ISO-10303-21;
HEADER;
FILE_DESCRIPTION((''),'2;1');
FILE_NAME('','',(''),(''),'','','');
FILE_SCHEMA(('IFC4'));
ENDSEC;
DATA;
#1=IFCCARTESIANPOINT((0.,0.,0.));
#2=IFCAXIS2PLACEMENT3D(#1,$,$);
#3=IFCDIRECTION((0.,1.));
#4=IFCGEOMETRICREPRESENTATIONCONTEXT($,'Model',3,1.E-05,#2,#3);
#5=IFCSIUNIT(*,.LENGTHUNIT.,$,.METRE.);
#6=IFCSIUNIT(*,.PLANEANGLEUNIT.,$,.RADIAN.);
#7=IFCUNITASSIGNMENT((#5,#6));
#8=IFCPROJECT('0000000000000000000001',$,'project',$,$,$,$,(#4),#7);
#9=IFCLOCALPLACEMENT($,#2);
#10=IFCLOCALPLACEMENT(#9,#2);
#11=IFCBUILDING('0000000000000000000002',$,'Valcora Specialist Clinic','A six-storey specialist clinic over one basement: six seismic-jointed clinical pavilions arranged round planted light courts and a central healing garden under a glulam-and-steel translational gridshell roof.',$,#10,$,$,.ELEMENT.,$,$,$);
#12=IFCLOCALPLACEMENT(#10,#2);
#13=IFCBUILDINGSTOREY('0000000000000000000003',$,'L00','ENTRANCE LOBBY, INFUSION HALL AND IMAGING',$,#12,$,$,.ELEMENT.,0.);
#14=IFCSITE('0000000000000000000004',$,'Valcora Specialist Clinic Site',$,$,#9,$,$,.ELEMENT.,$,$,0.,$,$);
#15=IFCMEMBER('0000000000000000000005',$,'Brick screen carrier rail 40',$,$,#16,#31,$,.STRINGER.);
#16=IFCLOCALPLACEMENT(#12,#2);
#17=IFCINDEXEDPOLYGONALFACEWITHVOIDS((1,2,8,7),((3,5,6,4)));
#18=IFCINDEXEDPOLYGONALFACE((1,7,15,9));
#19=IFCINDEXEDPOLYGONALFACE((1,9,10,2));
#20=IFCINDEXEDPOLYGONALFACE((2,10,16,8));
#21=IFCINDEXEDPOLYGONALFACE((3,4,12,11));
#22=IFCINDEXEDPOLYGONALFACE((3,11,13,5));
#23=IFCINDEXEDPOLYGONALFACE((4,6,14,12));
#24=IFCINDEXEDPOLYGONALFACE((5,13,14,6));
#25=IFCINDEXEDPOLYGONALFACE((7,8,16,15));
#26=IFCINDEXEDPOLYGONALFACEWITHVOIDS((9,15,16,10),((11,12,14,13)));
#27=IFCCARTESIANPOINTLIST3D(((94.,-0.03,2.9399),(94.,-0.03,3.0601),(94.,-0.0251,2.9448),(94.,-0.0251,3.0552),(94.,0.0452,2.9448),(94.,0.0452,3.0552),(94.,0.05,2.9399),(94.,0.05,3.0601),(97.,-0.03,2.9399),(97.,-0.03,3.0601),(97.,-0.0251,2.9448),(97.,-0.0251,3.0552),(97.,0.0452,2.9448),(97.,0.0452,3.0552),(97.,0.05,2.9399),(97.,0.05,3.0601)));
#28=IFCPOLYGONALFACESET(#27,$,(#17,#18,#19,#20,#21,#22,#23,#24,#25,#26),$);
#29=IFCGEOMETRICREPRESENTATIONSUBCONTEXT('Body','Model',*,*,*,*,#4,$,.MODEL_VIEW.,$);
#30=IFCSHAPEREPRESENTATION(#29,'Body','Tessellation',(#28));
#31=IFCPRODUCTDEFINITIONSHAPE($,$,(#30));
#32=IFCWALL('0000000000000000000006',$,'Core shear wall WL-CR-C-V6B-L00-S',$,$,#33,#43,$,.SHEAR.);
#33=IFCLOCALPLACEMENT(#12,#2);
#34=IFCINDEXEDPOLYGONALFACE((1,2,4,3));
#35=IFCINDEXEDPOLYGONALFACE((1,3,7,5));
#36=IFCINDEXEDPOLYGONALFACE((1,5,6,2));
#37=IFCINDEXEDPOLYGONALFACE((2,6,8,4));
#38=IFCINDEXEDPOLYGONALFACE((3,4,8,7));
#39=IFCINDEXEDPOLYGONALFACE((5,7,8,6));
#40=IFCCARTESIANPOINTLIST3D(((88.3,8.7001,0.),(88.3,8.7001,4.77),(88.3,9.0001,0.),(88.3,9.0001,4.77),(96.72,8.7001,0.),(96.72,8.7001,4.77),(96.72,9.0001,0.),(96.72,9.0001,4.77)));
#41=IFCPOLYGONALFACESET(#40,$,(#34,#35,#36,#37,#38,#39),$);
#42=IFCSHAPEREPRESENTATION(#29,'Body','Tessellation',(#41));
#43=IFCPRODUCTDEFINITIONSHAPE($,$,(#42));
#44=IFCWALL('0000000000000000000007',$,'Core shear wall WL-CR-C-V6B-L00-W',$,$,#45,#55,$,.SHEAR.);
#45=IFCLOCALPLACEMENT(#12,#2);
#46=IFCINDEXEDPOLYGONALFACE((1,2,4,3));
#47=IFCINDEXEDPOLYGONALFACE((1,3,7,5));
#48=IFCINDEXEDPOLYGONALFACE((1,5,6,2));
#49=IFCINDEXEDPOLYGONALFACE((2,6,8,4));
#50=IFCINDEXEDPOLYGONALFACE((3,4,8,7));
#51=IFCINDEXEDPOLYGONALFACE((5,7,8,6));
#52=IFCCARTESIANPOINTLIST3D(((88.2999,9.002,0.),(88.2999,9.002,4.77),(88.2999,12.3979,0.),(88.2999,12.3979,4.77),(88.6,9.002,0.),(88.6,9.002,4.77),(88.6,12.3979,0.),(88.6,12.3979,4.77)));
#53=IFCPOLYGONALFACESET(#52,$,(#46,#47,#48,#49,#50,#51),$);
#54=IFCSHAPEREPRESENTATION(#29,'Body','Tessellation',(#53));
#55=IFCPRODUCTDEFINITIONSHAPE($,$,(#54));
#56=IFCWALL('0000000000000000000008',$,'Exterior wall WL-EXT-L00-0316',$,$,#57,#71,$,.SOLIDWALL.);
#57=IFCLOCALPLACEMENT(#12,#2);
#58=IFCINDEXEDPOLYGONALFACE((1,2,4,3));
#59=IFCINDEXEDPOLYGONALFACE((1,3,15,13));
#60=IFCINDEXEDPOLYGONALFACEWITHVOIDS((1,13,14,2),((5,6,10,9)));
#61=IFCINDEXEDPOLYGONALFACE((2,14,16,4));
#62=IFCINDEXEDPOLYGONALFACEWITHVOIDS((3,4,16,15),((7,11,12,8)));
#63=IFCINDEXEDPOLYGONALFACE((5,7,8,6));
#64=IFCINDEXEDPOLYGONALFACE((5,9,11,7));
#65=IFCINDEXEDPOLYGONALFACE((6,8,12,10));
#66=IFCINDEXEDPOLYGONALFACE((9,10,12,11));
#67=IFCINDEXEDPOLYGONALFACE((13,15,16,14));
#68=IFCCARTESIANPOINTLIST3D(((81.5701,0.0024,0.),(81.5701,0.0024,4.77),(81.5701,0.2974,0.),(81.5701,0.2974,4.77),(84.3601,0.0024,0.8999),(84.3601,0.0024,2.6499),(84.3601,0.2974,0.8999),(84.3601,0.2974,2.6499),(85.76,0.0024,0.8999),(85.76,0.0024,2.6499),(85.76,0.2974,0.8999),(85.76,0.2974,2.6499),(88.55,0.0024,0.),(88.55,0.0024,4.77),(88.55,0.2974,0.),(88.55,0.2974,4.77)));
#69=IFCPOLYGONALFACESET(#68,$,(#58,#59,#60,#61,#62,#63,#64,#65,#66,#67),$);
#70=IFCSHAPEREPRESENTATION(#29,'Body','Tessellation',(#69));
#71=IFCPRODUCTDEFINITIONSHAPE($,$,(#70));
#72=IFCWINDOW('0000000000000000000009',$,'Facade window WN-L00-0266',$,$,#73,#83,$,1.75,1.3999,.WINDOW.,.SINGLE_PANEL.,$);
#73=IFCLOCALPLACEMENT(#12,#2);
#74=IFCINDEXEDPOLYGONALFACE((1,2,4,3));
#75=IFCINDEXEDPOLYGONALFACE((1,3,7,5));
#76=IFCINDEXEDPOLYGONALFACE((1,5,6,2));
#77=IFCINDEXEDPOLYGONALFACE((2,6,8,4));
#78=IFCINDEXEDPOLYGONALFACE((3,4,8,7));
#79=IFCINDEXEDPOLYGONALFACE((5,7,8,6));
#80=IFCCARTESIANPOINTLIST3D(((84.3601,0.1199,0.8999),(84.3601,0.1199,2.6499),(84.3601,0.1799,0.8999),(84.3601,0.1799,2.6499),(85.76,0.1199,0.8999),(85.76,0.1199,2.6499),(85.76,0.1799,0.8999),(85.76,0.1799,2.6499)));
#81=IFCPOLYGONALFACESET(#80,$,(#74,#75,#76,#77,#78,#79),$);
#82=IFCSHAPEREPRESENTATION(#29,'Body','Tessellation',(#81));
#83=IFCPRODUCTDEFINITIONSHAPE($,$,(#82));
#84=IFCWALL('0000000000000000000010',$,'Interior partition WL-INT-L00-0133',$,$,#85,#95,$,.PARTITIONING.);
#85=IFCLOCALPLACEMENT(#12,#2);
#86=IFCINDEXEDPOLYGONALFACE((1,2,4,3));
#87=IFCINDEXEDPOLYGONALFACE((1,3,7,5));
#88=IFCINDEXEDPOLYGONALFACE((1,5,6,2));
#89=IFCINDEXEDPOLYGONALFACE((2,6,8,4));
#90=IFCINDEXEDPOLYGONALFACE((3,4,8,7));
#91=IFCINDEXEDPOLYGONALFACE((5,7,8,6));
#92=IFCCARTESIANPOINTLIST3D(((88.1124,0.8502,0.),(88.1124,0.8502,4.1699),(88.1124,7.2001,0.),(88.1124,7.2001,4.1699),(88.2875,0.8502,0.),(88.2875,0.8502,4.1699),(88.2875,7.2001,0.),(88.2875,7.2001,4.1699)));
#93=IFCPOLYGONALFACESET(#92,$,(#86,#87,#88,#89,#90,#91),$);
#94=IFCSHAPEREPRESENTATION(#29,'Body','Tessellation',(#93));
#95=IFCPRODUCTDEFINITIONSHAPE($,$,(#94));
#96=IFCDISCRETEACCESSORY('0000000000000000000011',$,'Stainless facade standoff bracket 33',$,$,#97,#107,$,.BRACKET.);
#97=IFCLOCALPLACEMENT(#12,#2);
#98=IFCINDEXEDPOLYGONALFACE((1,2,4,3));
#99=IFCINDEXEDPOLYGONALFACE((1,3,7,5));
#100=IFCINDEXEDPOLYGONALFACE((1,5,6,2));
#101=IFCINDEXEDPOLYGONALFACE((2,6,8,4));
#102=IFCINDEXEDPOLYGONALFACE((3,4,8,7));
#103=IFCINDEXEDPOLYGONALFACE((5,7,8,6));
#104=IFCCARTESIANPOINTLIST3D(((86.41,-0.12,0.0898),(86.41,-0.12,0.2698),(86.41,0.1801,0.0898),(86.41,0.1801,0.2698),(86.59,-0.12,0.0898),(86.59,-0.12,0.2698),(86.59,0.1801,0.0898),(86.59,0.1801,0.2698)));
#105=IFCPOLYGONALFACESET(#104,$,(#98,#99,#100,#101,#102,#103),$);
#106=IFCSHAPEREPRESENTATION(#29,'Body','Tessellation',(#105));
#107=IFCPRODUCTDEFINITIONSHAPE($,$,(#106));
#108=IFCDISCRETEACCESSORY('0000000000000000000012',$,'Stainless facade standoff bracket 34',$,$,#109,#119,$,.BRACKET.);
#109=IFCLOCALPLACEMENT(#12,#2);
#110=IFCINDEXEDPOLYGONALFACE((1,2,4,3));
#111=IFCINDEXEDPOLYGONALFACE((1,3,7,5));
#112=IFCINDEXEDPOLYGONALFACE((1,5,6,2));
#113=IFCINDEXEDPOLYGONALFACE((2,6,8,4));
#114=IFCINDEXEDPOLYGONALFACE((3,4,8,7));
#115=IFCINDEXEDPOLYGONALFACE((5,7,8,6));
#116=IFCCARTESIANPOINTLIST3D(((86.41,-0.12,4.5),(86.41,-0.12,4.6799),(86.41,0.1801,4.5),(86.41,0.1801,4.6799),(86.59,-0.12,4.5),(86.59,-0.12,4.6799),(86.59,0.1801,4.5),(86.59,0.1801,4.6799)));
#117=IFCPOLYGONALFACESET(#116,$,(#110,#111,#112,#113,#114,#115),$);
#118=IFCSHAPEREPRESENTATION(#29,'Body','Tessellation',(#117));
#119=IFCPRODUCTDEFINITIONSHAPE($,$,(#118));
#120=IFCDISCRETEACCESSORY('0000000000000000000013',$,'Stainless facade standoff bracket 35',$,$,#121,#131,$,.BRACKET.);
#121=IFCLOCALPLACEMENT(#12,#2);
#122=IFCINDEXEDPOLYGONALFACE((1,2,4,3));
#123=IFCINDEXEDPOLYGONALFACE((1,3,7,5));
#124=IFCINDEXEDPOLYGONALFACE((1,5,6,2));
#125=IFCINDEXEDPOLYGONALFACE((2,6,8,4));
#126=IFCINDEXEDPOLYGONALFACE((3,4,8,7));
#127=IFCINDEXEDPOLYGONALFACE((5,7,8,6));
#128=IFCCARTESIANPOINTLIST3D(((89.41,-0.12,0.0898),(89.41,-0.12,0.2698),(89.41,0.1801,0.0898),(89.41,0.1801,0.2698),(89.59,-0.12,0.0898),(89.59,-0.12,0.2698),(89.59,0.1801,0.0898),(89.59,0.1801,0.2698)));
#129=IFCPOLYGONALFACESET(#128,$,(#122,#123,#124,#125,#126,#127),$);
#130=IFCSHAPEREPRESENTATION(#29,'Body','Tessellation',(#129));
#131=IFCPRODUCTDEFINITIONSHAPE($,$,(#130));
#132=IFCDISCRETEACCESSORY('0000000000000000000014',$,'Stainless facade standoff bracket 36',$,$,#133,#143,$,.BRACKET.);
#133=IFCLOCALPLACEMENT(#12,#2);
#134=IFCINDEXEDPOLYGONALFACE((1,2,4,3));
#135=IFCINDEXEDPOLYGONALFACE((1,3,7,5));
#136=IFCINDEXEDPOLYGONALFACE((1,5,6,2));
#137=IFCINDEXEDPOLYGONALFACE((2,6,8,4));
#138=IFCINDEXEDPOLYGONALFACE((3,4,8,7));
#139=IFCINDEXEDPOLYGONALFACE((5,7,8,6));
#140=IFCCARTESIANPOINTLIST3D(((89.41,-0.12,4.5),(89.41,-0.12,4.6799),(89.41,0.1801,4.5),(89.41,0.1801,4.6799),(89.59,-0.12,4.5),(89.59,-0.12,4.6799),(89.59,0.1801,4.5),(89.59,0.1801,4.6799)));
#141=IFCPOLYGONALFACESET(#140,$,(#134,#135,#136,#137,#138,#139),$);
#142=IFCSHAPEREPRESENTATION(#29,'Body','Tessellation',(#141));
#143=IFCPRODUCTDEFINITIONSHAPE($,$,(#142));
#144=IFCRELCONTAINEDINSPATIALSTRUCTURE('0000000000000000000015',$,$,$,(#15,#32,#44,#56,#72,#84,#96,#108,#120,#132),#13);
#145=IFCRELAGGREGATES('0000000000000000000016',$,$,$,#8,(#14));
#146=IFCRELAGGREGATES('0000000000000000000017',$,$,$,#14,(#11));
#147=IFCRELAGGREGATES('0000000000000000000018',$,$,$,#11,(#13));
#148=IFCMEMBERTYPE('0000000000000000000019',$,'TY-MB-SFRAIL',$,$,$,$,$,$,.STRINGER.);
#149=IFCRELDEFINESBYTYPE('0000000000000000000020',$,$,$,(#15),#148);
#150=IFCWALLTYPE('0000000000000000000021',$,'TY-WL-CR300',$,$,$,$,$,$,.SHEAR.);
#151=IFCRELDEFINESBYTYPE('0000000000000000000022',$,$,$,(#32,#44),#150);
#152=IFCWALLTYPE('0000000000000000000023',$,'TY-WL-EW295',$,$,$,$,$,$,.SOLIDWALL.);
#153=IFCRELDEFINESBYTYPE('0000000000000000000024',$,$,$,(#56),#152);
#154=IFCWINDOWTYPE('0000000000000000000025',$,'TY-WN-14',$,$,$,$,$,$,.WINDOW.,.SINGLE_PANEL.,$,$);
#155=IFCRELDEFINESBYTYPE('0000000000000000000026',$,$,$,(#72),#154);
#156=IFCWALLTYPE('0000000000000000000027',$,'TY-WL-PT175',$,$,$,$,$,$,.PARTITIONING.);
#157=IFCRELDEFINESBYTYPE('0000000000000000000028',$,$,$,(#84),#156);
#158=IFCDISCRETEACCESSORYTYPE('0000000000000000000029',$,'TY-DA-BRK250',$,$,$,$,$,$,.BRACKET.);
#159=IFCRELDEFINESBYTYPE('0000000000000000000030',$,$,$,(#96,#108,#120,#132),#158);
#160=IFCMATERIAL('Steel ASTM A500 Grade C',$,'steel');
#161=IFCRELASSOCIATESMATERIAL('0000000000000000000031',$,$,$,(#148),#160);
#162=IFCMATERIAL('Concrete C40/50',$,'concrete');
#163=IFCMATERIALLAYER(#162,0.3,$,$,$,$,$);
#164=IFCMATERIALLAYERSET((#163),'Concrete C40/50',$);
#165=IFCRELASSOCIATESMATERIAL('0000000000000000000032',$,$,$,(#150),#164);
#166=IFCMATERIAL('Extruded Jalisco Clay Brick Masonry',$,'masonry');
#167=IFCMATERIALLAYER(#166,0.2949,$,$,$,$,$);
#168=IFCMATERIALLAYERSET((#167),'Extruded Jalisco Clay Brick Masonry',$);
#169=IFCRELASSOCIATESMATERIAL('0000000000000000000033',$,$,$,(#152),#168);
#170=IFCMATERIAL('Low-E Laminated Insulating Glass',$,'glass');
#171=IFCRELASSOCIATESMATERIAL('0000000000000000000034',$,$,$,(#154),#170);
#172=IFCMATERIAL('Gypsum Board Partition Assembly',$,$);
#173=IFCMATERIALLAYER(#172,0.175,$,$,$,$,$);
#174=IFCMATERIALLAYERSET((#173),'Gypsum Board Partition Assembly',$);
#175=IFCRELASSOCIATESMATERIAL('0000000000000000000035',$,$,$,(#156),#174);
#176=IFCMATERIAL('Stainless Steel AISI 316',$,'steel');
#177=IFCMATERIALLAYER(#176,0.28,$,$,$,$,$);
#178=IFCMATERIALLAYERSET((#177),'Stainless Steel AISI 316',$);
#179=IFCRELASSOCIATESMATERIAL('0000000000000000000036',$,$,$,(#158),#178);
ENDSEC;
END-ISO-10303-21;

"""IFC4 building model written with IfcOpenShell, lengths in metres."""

from ifc_helpers import new_model, si_unit, direction, frame, frame_2d, origin, origin_2d, place, context, subcontext, project, spatial, rectangle, hollow_rectangle, extrude, material, layer, layer_set, material_profile, profile_set, type_object, element, fill, save


model = new_model("IFC4")

# Units and contexts
model_context = context("Model", 3, precision=1e-05, world=origin(), true_north=direction((0.0, 1.0)))
body_context = subcontext(model_context, "Body", "Model", "MODEL_VIEW")
ifc_project = project(units=[si_unit("LENGTHUNIT", "METRE"), si_unit("PLANEANGLEUNIT", "RADIAN")], contexts=[model_context])

# Site, building, storey
site_placement = place(None, origin())
site = spatial("IfcSite", under=ifc_project, at=site_placement, Name="Valcora Specialist Clinic Site", CompositionType="ELEMENT", RefElevation=0.0)
building_placement = place(site_placement, origin())
building = spatial("IfcBuilding", under=site, at=building_placement, Name="Valcora Specialist Clinic", Description="A six-storey specialist clinic over one basement: six seismic-jointed clinical pavilions arranged round planted light courts and a central healing garden under a glulam-and-steel translational gridshell roof.", CompositionType="ELEMENT")
storey_placement = place(building_placement, origin())
storey = spatial("IfcBuildingStorey", under=building, at=storey_placement, Name="L00", Description="ENTRANCE LOBBY, INFUSION HALL AND IMAGING", CompositionType="ELEMENT", Elevation=0.0)

# Shared definitions
ifc_material_1 = material(Name="Concrete C40/50", Category="concrete")

# Member
ifc_material_2 = material(Name="Steel ASTM A500 Grade C", Category="steel")
ifc_material_profile_1 = material_profile(ifc_material_2, hollow_rectangle(XDim=0.0801, YDim=0.1201, WallThickness=0.0049, at=origin_2d()), Name="ST-RHS-120X80X5")
ifc_profile_set_1 = profile_set([ifc_material_profile_1], Name="Steel ASTM A500 Grade C")
member_type_1 = type_object("IfcMemberType", Name="TY-MB-SFRAIL", PredefinedType="STRINGER", material=ifc_profile_set_1)
for number, where, z_axis, x_axis, name in (
    (1, (94.0, 0.01, 3.0), (1.0, 0.0, 0.0), (0.0, 1.0, 0.0), "Brick screen carrier rail 40"),
):
    element("IfcMember", number, at=place(storey_placement, frame(where, z_axis=z_axis, x_axis=x_axis)), inside=storey, type_object=member_type_1, Name=name, PredefinedType="STRINGER", context=body_context, shape_type="SweptSolid", body=[
        extrude(hollow_rectangle(XDim=0.0801, YDim=0.1201, WallThickness=0.0049, at=origin_2d()), origin(), (0.0, 0.0, 1.0), 3.0),
    ])

# Walls
ifc_layer_1 = layer(ifc_material_1, 0.3)
ifc_layer_set_1 = layer_set([ifc_layer_1], Name="Concrete C40/50")
wall_type_1 = type_object("IfcWallType", Name="TY-WL-CR300", PredefinedType="SHEAR", material=ifc_layer_set_1)
wall_1_placement = place(storey_placement, frame((88.3, 8.8501, 0.0), z_axis=(0.0, 0.0, 1.0), x_axis=(1.0, 0.0, 0.0)))
element("IfcWall", 2, at=wall_1_placement, inside=storey, type_object=wall_type_1, Name="Core shear wall WL-CR-C-V6B-L00-S", PredefinedType="SHEAR", context=body_context, shape_type="SweptSolid", body=[
    extrude(rectangle(XDim=8.4199, YDim=0.3, at=frame_2d((4.21, 0.0))), origin(), (0.0, 0.0, 1.0), 4.77),
])
wall_2_placement = place(storey_placement, frame((88.45, 9.002, 0.0), z_axis=(0.0, 0.0, 1.0), x_axis=(0.0, 1.0, 0.0)))
element("IfcWall", 3, at=wall_2_placement, inside=storey, type_object=wall_type_1, Name="Core shear wall WL-CR-C-V6B-L00-W", PredefinedType="SHEAR", context=body_context, shape_type="SweptSolid", body=[
    extrude(rectangle(XDim=3.396, YDim=0.3, at=frame_2d((1.698, 0.0))), origin(), (0.0, 0.0, 1.0), 4.77),
])

# Wall, opening, window
ifc_material_3 = material(Name="Extruded Jalisco Clay Brick Masonry", Category="masonry")
ifc_layer_2 = layer(ifc_material_3, 0.2949)
ifc_layer_set_2 = layer_set([ifc_layer_2], Name="Extruded Jalisco Clay Brick Masonry")
wall_type_2 = type_object("IfcWallType", Name="TY-WL-EW295", PredefinedType="SOLIDWALL", material=ifc_layer_set_2)
wall_3_placement = place(storey_placement, frame((88.55, 0.1499, 0.0), z_axis=(0.0, 0.0, 1.0), x_axis=(-1.0, 0.0, 0.0)))
wall_3 = element("IfcWall", 4, at=wall_3_placement, inside=storey, type_object=wall_type_2, Name="Exterior wall WL-EXT-L00-0316", PredefinedType="SOLIDWALL", context=body_context, shape_type="SweptSolid", body=[
    extrude(rectangle(XDim=6.98, YDim=0.2949, at=frame_2d((3.49, 0.0))), origin(), (0.0, 0.0, 1.0), 4.77),
])
opening_placement = place(wall_3_placement, frame((2.79, 0.0, 0.8999)))
opening = element("IfcOpeningElement", 5, at=opening_placement, cuts=wall_3, PredefinedType="OPENING", context=body_context, shape_type="SweptSolid", body=[
    extrude(rectangle(XDim=1.3999, YDim=1.75, at=frame_2d((0.7, 0.875))), frame((0.0, 0.1575, 0.0), z_axis=(0.0, -1.0, 0.0), x_axis=(1.0, 0.0, 0.0)), (0.0, 0.0, 1.0), 0.3149),
])
ifc_material_4 = material(Name="Low-E Laminated Insulating Glass", Category="glass")
window_type = type_object("IfcWindowType", Name="TY-WN-14", PartitioningType="SINGLE_PANEL", PredefinedType="WINDOW", material=ifc_material_4)
window_placement = place(opening_placement, origin())
window = element("IfcWindow", 6, at=window_placement, inside=storey, type_object=window_type, Name="Facade window WN-L00-0266", OverallHeight=1.75, OverallWidth=1.3999, PartitioningType="SINGLE_PANEL", PredefinedType="WINDOW", context=body_context, shape_type="SweptSolid", body=[
    extrude(rectangle(XDim=1.3999, YDim=1.75, at=frame_2d((0.7, 0.875))), frame((0.0, 0.03, 0.0), z_axis=(0.0, -1.0, 0.0), x_axis=(1.0, 0.0, 0.0)), (0.0, 0.0, 1.0), 0.0601),
])
fill(opening, window)

# Wall
ifc_material_5 = material(Name="Gypsum Board Partition Assembly")
ifc_layer_3 = layer(ifc_material_5, 0.175)
ifc_layer_set_3 = layer_set([ifc_layer_3], Name="Gypsum Board Partition Assembly")
wall_type_3 = type_object("IfcWallType", Name="TY-WL-PT175", PredefinedType="PARTITIONING", material=ifc_layer_set_3)
wall_4_placement = place(storey_placement, frame((88.2, 7.2, 0.0), z_axis=(0.0, 0.0, 1.0), x_axis=(0.0, -1.0, 0.0)))
element("IfcWall", 7, at=wall_4_placement, inside=storey, type_object=wall_type_3, Name="Interior partition WL-INT-L00-0133", PredefinedType="PARTITIONING", context=body_context, shape_type="SweptSolid", body=[
    extrude(rectangle(XDim=6.3499, YDim=0.175, at=frame_2d((3.1748, 0.0))), origin(), (0.0, 0.0, 1.0), 4.1699),
])

# Discrete accessories
ifc_material_6 = material(Name="Stainless Steel AISI 316", Category="steel")
ifc_layer_4 = layer(ifc_material_6, 0.28)
ifc_layer_set_4 = layer_set([ifc_layer_4], Name="Stainless Steel AISI 316")
discrete_accessory_type = type_object("IfcDiscreteAccessoryType", Name="TY-DA-BRK250", PredefinedType="BRACKET", material=ifc_layer_set_4)
for number, where, z_axis, x_axis, name in (
    (8, (86.5, 0.03, 0.0898), (0.0, 0.0, 1.0), (1.0, 0.0, 0.0), "Stainless facade standoff bracket 33"),
    (9, (86.5, 0.03, 4.5), (0.0, 0.0, 1.0), (1.0, 0.0, 0.0), "Stainless facade standoff bracket 34"),
    (10, (89.5, 0.03, 0.0898), (0.0, 0.0, 1.0), (1.0, 0.0, 0.0), "Stainless facade standoff bracket 35"),
    (11, (89.5, 0.03, 4.5), (0.0, 0.0, 1.0), (1.0, 0.0, 0.0), "Stainless facade standoff bracket 36"),
):
    element("IfcDiscreteAccessory", number, at=place(storey_placement, frame(where, z_axis=z_axis, x_axis=x_axis)), inside=storey, type_object=discrete_accessory_type, Name=name, PredefinedType="BRACKET", context=body_context, shape_type="SweptSolid", body=[
        extrude(rectangle(XDim=0.1799, YDim=0.3, at=origin_2d()), origin(), (0.0, 0.0, 1.0), 0.1799),
    ])

save(model, "model.ifc")
